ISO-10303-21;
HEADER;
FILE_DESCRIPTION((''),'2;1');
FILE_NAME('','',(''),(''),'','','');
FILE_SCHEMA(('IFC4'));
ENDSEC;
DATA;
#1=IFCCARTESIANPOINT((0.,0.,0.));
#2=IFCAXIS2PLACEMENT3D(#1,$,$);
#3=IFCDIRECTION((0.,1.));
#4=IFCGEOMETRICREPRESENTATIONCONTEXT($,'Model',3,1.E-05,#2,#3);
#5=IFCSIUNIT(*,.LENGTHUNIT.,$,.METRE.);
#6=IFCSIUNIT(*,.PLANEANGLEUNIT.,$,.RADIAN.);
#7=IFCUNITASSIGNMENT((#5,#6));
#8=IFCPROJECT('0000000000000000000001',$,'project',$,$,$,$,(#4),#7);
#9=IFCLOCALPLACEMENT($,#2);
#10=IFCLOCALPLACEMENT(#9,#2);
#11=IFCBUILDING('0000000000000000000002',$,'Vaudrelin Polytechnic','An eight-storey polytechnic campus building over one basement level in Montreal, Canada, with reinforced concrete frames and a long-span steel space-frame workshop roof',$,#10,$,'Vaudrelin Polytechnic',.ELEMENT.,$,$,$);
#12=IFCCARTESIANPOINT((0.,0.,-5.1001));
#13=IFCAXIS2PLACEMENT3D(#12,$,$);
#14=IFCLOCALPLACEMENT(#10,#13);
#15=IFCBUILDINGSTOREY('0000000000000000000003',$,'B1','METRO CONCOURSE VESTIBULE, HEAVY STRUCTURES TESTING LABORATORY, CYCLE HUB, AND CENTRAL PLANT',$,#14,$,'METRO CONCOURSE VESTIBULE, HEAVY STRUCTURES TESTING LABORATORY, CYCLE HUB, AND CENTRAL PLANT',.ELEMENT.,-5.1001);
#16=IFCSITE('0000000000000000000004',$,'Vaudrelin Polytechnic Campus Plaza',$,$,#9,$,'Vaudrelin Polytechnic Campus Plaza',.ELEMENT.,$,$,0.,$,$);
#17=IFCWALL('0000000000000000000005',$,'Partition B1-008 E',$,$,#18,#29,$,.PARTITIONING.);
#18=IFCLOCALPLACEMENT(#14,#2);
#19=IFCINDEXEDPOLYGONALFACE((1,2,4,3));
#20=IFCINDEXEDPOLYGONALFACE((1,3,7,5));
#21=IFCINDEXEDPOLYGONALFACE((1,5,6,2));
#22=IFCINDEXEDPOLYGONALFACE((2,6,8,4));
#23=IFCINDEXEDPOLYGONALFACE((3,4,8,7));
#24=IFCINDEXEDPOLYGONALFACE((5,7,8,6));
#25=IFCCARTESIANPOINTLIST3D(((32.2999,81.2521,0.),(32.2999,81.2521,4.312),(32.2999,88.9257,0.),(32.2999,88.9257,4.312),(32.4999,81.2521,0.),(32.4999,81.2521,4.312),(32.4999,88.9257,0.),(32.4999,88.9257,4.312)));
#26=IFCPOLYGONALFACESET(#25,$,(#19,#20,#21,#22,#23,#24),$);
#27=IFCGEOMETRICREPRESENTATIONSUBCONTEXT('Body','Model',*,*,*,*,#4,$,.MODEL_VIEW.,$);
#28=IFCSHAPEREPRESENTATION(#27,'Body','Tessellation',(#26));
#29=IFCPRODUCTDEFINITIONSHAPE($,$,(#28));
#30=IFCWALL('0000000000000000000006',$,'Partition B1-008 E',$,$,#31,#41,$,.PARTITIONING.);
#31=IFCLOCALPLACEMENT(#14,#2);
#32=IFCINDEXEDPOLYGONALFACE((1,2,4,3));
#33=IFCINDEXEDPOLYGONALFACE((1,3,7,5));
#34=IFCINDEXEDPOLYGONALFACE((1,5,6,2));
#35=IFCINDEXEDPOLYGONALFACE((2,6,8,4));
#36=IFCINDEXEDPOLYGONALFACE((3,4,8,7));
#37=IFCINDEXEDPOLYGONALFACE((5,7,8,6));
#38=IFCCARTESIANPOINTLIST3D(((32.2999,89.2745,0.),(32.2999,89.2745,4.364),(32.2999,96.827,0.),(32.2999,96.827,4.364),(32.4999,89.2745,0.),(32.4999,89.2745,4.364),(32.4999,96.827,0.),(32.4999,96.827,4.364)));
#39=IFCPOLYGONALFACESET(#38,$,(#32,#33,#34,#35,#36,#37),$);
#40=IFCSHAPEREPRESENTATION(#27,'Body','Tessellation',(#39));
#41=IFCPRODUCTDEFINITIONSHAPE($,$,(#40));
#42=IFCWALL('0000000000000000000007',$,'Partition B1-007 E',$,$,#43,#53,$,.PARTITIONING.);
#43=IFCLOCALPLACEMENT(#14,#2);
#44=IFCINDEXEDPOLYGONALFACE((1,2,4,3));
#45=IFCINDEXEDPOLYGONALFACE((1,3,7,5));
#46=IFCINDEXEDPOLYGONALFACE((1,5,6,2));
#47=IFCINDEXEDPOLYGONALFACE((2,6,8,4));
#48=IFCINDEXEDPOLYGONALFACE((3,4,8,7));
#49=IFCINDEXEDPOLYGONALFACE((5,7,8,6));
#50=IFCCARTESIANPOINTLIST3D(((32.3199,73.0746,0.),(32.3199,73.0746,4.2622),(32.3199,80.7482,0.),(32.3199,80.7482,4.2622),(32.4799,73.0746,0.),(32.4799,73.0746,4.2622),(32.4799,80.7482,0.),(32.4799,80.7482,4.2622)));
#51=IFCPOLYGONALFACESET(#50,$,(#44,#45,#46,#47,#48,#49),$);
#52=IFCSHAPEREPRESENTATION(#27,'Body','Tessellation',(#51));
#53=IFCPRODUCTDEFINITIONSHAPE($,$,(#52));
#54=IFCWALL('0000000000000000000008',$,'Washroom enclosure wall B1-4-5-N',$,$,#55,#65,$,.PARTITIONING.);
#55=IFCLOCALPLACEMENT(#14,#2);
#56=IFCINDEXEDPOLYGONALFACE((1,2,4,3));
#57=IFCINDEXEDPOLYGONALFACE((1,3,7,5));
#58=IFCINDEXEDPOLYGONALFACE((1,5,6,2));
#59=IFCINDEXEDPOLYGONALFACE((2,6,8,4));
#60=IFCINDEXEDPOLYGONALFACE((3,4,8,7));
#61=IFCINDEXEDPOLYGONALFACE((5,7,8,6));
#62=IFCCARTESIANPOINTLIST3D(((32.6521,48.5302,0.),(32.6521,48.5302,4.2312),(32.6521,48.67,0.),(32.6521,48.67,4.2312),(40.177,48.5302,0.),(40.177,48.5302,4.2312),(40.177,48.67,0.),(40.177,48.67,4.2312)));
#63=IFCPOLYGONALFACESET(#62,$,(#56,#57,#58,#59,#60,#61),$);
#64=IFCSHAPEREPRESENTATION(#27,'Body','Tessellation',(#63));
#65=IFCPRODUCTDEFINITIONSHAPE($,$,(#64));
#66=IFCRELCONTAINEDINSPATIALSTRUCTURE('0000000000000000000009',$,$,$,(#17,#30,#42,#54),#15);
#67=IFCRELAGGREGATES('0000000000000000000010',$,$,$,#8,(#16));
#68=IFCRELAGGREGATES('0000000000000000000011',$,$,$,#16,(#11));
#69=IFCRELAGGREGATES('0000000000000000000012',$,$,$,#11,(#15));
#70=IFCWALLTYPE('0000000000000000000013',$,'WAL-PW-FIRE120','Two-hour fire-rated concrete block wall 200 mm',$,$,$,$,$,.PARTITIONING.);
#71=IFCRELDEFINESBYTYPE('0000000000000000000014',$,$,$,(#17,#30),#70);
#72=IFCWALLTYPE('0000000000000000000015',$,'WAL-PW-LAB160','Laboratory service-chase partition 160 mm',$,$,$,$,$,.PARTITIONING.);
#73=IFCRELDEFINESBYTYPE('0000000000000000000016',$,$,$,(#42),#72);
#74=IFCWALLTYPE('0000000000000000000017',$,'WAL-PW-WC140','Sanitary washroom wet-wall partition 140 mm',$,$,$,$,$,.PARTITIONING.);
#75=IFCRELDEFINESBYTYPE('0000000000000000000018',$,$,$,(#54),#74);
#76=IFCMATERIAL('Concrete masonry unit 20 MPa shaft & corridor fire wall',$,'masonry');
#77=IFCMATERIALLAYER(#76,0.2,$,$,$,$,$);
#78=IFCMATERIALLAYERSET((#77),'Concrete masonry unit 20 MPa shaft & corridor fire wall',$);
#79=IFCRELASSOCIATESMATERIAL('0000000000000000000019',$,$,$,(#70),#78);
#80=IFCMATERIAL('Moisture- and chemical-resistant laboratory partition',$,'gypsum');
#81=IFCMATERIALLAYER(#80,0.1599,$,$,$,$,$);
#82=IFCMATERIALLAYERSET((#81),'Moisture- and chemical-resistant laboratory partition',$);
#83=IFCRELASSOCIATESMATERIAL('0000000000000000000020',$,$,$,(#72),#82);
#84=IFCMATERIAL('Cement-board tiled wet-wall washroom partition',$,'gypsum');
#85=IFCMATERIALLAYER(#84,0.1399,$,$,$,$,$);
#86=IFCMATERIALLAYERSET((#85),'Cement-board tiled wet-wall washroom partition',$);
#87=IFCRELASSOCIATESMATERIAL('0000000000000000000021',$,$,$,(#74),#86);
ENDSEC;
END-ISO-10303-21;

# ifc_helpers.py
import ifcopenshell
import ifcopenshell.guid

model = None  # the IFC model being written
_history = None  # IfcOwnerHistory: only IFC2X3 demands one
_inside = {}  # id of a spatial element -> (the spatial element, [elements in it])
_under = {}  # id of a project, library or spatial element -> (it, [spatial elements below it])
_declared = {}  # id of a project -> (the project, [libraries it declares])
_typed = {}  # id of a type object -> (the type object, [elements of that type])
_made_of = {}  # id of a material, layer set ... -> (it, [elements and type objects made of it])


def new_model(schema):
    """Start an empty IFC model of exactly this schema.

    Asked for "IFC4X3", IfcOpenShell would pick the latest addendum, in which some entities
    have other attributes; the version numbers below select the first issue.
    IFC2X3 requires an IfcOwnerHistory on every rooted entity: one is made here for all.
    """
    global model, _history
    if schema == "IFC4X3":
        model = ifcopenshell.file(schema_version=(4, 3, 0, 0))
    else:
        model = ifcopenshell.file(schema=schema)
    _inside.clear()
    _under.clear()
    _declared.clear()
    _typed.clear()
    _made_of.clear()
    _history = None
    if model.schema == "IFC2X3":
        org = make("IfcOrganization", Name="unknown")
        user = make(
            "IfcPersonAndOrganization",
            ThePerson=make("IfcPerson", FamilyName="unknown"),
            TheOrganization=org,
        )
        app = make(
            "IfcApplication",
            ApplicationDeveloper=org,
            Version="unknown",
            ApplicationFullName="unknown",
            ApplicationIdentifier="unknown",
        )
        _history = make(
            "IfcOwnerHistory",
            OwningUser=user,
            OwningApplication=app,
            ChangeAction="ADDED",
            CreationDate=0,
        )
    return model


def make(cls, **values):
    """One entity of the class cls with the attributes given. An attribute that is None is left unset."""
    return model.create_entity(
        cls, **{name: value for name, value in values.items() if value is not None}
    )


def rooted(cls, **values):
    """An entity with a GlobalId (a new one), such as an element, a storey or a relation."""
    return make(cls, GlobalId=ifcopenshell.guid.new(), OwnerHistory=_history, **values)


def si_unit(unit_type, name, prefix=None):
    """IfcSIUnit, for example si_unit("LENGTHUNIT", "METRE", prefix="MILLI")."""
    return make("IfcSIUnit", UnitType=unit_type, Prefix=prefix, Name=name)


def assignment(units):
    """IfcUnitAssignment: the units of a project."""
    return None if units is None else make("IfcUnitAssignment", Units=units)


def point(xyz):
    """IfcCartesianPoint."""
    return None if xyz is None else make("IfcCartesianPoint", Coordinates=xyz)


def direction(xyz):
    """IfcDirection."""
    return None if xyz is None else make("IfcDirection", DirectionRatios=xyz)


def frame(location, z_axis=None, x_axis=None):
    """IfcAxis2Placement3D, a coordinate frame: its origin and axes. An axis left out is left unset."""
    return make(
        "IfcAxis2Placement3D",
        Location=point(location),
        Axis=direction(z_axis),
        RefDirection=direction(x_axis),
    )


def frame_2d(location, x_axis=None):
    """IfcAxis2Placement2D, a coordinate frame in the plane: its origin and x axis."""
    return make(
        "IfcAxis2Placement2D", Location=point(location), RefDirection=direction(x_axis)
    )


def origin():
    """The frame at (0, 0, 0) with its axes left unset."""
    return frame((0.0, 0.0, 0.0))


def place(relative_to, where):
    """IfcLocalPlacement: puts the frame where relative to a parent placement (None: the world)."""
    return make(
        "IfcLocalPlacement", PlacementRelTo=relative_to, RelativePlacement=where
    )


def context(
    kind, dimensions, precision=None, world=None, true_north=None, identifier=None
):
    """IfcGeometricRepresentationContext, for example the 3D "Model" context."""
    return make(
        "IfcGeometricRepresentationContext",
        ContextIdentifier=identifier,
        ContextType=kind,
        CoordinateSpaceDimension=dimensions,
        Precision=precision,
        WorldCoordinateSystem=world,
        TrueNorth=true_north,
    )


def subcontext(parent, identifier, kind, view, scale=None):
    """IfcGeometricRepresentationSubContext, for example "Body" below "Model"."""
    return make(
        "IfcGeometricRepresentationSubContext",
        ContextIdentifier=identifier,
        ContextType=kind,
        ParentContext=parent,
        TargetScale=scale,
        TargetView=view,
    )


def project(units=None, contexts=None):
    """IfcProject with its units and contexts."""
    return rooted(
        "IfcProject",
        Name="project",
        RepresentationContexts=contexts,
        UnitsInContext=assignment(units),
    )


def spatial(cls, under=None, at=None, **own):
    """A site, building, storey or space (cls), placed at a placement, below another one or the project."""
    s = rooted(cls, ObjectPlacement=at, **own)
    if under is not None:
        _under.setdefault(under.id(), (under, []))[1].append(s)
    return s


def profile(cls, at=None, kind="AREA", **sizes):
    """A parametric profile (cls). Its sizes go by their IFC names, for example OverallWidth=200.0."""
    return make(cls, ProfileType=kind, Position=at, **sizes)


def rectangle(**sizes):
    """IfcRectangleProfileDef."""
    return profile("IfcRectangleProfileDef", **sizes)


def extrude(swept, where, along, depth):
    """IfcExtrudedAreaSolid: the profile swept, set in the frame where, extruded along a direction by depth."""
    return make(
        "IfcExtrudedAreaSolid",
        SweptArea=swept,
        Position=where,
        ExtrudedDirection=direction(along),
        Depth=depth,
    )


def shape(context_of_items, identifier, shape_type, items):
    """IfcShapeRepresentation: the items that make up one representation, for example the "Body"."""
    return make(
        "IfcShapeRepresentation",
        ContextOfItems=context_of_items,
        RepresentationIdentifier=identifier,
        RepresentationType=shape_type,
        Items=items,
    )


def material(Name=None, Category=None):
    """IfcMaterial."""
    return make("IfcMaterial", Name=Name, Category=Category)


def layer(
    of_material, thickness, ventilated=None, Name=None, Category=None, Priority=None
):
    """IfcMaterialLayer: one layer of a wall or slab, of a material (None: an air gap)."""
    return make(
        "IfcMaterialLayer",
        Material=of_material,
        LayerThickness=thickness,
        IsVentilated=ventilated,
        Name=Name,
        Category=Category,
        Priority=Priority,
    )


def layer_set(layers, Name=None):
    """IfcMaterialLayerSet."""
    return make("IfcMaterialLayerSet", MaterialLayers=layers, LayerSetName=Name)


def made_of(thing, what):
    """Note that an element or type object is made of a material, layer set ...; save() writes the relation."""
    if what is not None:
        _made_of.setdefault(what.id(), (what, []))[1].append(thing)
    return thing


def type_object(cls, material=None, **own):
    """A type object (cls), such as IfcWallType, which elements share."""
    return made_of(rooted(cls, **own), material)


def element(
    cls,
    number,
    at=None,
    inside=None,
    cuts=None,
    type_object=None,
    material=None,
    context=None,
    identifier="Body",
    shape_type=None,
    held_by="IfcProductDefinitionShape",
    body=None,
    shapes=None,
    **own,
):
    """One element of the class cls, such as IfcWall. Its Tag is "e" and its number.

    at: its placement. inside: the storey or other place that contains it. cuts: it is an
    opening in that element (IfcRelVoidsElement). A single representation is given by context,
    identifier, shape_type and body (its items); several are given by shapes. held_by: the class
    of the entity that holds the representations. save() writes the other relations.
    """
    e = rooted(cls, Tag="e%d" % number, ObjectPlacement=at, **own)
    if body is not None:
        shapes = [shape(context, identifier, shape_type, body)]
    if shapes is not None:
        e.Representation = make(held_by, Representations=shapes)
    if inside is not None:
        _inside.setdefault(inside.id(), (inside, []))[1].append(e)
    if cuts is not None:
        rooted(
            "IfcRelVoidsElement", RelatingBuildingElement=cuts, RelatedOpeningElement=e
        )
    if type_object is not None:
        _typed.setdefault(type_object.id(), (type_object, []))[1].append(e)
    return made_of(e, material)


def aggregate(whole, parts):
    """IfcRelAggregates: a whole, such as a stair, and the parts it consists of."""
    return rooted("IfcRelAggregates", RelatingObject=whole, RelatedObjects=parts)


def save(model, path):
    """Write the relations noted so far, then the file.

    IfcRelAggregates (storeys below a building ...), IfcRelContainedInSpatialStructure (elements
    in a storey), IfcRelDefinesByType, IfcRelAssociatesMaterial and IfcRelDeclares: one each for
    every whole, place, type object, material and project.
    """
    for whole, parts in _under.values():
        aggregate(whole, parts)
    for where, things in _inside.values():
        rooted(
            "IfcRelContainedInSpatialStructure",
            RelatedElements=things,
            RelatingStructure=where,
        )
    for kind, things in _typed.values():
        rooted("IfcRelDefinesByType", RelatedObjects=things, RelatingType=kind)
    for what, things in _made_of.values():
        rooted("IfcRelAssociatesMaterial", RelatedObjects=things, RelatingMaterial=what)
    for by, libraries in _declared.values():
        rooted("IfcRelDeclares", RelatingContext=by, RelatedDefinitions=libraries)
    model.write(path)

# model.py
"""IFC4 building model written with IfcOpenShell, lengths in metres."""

from ifc_helpers import new_model, si_unit, direction, frame, frame_2d, origin, place, context, subcontext, project, spatial, rectangle, extrude, material, layer, layer_set, type_object, element, save


model = new_model("IFC4")

# Units and contexts
model_context = context("Model", 3, precision=1e-05, world=origin(), true_north=direction((0.0, 1.0)))
body_context = subcontext(model_context, "Body", "Model", "MODEL_VIEW")
ifc_project = project(units=[si_unit("LENGTHUNIT", "METRE"), si_unit("PLANEANGLEUNIT", "RADIAN")], contexts=[model_context])

# Site, building, storey
site_placement = place(None, origin())
site = spatial("IfcSite", under=ifc_project, at=site_placement, Name="Vaudrelin Polytechnic Campus Plaza", LongName="Vaudrelin Polytechnic Campus Plaza", CompositionType="ELEMENT", RefElevation=0.0)
building_placement = place(site_placement, origin())
building = spatial("IfcBuilding", under=site, at=building_placement, Name="Vaudrelin Polytechnic", Description="An eight-storey polytechnic campus building over one basement level in Montreal, Canada, with reinforced concrete frames and a long-span steel space-frame workshop roof", LongName="Vaudrelin Polytechnic", CompositionType="ELEMENT")
storey_placement = place(building_placement, frame((0.0, 0.0, -5.1001)))
storey = spatial("IfcBuildingStorey", under=building, at=storey_placement, Name="B1", Description="METRO CONCOURSE VESTIBULE, HEAVY STRUCTURES TESTING LABORATORY, CYCLE HUB, AND CENTRAL PLANT", LongName="METRO CONCOURSE VESTIBULE, HEAVY STRUCTURES TESTING LABORATORY, CYCLE HUB, AND CENTRAL PLANT", CompositionType="ELEMENT", Elevation=-5.1001)

# Walls
ifc_material_1 = material(Name="Concrete masonry unit 20 MPa shaft & corridor fire wall", Category="masonry")
ifc_layer_1 = layer(ifc_material_1, 0.2)
ifc_layer_set_1 = layer_set([ifc_layer_1], Name="Concrete masonry unit 20 MPa shaft & corridor fire wall")
wall_type_1 = type_object("IfcWallType", Name="WAL-PW-FIRE120", Description="Two-hour fire-rated concrete block wall 200 mm", PredefinedType="PARTITIONING", material=ifc_layer_set_1)
wall_1_placement = place(storey_placement, frame((32.3999, 81.252, 0.0), z_axis=(0.0, 0.0, 1.0), x_axis=(0.0, 1.0, 0.0)))
element("IfcWall", 1, at=wall_1_placement, inside=storey, type_object=wall_type_1, Name="Partition B1-008 E", PredefinedType="PARTITIONING", context=body_context, shape_type="SweptSolid", body=[
    extrude(rectangle(XDim=7.6736, YDim=0.2, at=frame_2d((3.8369, 0.0))), origin(), (0.0, 0.0, 1.0), 4.312),
])
wall_2_placement = place(storey_placement, frame((32.3999, 89.2744, 0.0), z_axis=(0.0, 0.0, 1.0), x_axis=(0.0, 1.0, 0.0)))
element("IfcWall", 2, at=wall_2_placement, inside=storey, type_object=wall_type_1, Name="Partition B1-008 E", PredefinedType="PARTITIONING", context=body_context, shape_type="SweptSolid", body=[
    extrude(rectangle(XDim=7.5525, YDim=0.2, at=frame_2d((3.7764, 0.0))), origin(), (0.0, 0.0, 1.0), 4.364),
])
ifc_material_2 = material(Name="Moisture- and chemical-resistant laboratory partition", Category="gypsum")
ifc_layer_2 = layer(ifc_material_2, 0.1599)
ifc_layer_set_2 = layer_set([ifc_layer_2], Name="Moisture- and chemical-resistant laboratory partition")
wall_type_2 = type_object("IfcWallType", Name="WAL-PW-LAB160", Description="Laboratory service-chase partition 160 mm", PredefinedType="PARTITIONING", material=ifc_layer_set_2)
wall_3_placement = place(storey_placement, frame((32.3999, 73.0745, 0.0), z_axis=(0.0, 0.0, 1.0), x_axis=(0.0, 1.0, 0.0)))
element("IfcWall", 3, at=wall_3_placement, inside=storey, type_object=wall_type_2, Name="Partition B1-007 E", PredefinedType="PARTITIONING", context=body_context, shape_type="SweptSolid", body=[
    extrude(rectangle(XDim=7.6736, YDim=0.1599, at=frame_2d((3.8369, 0.0))), origin(), (0.0, 0.0, 1.0), 4.2622),
])
ifc_material_3 = material(Name="Cement-board tiled wet-wall washroom partition", Category="gypsum")
ifc_layer_3 = layer(ifc_material_3, 0.1399)
ifc_layer_set_3 = layer_set([ifc_layer_3], Name="Cement-board tiled wet-wall washroom partition")
wall_type_3 = type_object("IfcWallType", Name="WAL-PW-WC140", Description="Sanitary washroom wet-wall partition 140 mm", PredefinedType="PARTITIONING", material=ifc_layer_set_3)
wall_4_placement = place(storey_placement, frame((32.6521, 48.6001, 0.0), z_axis=(0.0, 0.0, 1.0), x_axis=(1.0, 0.0, 0.0)))
element("IfcWall", 4, at=wall_4_placement, inside=storey, type_object=wall_type_3, Name="Washroom enclosure wall B1-4-5-N", PredefinedType="PARTITIONING", context=body_context, shape_type="SweptSolid", body=[
    extrude(rectangle(XDim=7.5249, YDim=0.1399, at=frame_2d((3.7625, 0.0))), origin(), (0.0, 0.0, 1.0), 4.2312),
])

save(model, "model.ifc")
